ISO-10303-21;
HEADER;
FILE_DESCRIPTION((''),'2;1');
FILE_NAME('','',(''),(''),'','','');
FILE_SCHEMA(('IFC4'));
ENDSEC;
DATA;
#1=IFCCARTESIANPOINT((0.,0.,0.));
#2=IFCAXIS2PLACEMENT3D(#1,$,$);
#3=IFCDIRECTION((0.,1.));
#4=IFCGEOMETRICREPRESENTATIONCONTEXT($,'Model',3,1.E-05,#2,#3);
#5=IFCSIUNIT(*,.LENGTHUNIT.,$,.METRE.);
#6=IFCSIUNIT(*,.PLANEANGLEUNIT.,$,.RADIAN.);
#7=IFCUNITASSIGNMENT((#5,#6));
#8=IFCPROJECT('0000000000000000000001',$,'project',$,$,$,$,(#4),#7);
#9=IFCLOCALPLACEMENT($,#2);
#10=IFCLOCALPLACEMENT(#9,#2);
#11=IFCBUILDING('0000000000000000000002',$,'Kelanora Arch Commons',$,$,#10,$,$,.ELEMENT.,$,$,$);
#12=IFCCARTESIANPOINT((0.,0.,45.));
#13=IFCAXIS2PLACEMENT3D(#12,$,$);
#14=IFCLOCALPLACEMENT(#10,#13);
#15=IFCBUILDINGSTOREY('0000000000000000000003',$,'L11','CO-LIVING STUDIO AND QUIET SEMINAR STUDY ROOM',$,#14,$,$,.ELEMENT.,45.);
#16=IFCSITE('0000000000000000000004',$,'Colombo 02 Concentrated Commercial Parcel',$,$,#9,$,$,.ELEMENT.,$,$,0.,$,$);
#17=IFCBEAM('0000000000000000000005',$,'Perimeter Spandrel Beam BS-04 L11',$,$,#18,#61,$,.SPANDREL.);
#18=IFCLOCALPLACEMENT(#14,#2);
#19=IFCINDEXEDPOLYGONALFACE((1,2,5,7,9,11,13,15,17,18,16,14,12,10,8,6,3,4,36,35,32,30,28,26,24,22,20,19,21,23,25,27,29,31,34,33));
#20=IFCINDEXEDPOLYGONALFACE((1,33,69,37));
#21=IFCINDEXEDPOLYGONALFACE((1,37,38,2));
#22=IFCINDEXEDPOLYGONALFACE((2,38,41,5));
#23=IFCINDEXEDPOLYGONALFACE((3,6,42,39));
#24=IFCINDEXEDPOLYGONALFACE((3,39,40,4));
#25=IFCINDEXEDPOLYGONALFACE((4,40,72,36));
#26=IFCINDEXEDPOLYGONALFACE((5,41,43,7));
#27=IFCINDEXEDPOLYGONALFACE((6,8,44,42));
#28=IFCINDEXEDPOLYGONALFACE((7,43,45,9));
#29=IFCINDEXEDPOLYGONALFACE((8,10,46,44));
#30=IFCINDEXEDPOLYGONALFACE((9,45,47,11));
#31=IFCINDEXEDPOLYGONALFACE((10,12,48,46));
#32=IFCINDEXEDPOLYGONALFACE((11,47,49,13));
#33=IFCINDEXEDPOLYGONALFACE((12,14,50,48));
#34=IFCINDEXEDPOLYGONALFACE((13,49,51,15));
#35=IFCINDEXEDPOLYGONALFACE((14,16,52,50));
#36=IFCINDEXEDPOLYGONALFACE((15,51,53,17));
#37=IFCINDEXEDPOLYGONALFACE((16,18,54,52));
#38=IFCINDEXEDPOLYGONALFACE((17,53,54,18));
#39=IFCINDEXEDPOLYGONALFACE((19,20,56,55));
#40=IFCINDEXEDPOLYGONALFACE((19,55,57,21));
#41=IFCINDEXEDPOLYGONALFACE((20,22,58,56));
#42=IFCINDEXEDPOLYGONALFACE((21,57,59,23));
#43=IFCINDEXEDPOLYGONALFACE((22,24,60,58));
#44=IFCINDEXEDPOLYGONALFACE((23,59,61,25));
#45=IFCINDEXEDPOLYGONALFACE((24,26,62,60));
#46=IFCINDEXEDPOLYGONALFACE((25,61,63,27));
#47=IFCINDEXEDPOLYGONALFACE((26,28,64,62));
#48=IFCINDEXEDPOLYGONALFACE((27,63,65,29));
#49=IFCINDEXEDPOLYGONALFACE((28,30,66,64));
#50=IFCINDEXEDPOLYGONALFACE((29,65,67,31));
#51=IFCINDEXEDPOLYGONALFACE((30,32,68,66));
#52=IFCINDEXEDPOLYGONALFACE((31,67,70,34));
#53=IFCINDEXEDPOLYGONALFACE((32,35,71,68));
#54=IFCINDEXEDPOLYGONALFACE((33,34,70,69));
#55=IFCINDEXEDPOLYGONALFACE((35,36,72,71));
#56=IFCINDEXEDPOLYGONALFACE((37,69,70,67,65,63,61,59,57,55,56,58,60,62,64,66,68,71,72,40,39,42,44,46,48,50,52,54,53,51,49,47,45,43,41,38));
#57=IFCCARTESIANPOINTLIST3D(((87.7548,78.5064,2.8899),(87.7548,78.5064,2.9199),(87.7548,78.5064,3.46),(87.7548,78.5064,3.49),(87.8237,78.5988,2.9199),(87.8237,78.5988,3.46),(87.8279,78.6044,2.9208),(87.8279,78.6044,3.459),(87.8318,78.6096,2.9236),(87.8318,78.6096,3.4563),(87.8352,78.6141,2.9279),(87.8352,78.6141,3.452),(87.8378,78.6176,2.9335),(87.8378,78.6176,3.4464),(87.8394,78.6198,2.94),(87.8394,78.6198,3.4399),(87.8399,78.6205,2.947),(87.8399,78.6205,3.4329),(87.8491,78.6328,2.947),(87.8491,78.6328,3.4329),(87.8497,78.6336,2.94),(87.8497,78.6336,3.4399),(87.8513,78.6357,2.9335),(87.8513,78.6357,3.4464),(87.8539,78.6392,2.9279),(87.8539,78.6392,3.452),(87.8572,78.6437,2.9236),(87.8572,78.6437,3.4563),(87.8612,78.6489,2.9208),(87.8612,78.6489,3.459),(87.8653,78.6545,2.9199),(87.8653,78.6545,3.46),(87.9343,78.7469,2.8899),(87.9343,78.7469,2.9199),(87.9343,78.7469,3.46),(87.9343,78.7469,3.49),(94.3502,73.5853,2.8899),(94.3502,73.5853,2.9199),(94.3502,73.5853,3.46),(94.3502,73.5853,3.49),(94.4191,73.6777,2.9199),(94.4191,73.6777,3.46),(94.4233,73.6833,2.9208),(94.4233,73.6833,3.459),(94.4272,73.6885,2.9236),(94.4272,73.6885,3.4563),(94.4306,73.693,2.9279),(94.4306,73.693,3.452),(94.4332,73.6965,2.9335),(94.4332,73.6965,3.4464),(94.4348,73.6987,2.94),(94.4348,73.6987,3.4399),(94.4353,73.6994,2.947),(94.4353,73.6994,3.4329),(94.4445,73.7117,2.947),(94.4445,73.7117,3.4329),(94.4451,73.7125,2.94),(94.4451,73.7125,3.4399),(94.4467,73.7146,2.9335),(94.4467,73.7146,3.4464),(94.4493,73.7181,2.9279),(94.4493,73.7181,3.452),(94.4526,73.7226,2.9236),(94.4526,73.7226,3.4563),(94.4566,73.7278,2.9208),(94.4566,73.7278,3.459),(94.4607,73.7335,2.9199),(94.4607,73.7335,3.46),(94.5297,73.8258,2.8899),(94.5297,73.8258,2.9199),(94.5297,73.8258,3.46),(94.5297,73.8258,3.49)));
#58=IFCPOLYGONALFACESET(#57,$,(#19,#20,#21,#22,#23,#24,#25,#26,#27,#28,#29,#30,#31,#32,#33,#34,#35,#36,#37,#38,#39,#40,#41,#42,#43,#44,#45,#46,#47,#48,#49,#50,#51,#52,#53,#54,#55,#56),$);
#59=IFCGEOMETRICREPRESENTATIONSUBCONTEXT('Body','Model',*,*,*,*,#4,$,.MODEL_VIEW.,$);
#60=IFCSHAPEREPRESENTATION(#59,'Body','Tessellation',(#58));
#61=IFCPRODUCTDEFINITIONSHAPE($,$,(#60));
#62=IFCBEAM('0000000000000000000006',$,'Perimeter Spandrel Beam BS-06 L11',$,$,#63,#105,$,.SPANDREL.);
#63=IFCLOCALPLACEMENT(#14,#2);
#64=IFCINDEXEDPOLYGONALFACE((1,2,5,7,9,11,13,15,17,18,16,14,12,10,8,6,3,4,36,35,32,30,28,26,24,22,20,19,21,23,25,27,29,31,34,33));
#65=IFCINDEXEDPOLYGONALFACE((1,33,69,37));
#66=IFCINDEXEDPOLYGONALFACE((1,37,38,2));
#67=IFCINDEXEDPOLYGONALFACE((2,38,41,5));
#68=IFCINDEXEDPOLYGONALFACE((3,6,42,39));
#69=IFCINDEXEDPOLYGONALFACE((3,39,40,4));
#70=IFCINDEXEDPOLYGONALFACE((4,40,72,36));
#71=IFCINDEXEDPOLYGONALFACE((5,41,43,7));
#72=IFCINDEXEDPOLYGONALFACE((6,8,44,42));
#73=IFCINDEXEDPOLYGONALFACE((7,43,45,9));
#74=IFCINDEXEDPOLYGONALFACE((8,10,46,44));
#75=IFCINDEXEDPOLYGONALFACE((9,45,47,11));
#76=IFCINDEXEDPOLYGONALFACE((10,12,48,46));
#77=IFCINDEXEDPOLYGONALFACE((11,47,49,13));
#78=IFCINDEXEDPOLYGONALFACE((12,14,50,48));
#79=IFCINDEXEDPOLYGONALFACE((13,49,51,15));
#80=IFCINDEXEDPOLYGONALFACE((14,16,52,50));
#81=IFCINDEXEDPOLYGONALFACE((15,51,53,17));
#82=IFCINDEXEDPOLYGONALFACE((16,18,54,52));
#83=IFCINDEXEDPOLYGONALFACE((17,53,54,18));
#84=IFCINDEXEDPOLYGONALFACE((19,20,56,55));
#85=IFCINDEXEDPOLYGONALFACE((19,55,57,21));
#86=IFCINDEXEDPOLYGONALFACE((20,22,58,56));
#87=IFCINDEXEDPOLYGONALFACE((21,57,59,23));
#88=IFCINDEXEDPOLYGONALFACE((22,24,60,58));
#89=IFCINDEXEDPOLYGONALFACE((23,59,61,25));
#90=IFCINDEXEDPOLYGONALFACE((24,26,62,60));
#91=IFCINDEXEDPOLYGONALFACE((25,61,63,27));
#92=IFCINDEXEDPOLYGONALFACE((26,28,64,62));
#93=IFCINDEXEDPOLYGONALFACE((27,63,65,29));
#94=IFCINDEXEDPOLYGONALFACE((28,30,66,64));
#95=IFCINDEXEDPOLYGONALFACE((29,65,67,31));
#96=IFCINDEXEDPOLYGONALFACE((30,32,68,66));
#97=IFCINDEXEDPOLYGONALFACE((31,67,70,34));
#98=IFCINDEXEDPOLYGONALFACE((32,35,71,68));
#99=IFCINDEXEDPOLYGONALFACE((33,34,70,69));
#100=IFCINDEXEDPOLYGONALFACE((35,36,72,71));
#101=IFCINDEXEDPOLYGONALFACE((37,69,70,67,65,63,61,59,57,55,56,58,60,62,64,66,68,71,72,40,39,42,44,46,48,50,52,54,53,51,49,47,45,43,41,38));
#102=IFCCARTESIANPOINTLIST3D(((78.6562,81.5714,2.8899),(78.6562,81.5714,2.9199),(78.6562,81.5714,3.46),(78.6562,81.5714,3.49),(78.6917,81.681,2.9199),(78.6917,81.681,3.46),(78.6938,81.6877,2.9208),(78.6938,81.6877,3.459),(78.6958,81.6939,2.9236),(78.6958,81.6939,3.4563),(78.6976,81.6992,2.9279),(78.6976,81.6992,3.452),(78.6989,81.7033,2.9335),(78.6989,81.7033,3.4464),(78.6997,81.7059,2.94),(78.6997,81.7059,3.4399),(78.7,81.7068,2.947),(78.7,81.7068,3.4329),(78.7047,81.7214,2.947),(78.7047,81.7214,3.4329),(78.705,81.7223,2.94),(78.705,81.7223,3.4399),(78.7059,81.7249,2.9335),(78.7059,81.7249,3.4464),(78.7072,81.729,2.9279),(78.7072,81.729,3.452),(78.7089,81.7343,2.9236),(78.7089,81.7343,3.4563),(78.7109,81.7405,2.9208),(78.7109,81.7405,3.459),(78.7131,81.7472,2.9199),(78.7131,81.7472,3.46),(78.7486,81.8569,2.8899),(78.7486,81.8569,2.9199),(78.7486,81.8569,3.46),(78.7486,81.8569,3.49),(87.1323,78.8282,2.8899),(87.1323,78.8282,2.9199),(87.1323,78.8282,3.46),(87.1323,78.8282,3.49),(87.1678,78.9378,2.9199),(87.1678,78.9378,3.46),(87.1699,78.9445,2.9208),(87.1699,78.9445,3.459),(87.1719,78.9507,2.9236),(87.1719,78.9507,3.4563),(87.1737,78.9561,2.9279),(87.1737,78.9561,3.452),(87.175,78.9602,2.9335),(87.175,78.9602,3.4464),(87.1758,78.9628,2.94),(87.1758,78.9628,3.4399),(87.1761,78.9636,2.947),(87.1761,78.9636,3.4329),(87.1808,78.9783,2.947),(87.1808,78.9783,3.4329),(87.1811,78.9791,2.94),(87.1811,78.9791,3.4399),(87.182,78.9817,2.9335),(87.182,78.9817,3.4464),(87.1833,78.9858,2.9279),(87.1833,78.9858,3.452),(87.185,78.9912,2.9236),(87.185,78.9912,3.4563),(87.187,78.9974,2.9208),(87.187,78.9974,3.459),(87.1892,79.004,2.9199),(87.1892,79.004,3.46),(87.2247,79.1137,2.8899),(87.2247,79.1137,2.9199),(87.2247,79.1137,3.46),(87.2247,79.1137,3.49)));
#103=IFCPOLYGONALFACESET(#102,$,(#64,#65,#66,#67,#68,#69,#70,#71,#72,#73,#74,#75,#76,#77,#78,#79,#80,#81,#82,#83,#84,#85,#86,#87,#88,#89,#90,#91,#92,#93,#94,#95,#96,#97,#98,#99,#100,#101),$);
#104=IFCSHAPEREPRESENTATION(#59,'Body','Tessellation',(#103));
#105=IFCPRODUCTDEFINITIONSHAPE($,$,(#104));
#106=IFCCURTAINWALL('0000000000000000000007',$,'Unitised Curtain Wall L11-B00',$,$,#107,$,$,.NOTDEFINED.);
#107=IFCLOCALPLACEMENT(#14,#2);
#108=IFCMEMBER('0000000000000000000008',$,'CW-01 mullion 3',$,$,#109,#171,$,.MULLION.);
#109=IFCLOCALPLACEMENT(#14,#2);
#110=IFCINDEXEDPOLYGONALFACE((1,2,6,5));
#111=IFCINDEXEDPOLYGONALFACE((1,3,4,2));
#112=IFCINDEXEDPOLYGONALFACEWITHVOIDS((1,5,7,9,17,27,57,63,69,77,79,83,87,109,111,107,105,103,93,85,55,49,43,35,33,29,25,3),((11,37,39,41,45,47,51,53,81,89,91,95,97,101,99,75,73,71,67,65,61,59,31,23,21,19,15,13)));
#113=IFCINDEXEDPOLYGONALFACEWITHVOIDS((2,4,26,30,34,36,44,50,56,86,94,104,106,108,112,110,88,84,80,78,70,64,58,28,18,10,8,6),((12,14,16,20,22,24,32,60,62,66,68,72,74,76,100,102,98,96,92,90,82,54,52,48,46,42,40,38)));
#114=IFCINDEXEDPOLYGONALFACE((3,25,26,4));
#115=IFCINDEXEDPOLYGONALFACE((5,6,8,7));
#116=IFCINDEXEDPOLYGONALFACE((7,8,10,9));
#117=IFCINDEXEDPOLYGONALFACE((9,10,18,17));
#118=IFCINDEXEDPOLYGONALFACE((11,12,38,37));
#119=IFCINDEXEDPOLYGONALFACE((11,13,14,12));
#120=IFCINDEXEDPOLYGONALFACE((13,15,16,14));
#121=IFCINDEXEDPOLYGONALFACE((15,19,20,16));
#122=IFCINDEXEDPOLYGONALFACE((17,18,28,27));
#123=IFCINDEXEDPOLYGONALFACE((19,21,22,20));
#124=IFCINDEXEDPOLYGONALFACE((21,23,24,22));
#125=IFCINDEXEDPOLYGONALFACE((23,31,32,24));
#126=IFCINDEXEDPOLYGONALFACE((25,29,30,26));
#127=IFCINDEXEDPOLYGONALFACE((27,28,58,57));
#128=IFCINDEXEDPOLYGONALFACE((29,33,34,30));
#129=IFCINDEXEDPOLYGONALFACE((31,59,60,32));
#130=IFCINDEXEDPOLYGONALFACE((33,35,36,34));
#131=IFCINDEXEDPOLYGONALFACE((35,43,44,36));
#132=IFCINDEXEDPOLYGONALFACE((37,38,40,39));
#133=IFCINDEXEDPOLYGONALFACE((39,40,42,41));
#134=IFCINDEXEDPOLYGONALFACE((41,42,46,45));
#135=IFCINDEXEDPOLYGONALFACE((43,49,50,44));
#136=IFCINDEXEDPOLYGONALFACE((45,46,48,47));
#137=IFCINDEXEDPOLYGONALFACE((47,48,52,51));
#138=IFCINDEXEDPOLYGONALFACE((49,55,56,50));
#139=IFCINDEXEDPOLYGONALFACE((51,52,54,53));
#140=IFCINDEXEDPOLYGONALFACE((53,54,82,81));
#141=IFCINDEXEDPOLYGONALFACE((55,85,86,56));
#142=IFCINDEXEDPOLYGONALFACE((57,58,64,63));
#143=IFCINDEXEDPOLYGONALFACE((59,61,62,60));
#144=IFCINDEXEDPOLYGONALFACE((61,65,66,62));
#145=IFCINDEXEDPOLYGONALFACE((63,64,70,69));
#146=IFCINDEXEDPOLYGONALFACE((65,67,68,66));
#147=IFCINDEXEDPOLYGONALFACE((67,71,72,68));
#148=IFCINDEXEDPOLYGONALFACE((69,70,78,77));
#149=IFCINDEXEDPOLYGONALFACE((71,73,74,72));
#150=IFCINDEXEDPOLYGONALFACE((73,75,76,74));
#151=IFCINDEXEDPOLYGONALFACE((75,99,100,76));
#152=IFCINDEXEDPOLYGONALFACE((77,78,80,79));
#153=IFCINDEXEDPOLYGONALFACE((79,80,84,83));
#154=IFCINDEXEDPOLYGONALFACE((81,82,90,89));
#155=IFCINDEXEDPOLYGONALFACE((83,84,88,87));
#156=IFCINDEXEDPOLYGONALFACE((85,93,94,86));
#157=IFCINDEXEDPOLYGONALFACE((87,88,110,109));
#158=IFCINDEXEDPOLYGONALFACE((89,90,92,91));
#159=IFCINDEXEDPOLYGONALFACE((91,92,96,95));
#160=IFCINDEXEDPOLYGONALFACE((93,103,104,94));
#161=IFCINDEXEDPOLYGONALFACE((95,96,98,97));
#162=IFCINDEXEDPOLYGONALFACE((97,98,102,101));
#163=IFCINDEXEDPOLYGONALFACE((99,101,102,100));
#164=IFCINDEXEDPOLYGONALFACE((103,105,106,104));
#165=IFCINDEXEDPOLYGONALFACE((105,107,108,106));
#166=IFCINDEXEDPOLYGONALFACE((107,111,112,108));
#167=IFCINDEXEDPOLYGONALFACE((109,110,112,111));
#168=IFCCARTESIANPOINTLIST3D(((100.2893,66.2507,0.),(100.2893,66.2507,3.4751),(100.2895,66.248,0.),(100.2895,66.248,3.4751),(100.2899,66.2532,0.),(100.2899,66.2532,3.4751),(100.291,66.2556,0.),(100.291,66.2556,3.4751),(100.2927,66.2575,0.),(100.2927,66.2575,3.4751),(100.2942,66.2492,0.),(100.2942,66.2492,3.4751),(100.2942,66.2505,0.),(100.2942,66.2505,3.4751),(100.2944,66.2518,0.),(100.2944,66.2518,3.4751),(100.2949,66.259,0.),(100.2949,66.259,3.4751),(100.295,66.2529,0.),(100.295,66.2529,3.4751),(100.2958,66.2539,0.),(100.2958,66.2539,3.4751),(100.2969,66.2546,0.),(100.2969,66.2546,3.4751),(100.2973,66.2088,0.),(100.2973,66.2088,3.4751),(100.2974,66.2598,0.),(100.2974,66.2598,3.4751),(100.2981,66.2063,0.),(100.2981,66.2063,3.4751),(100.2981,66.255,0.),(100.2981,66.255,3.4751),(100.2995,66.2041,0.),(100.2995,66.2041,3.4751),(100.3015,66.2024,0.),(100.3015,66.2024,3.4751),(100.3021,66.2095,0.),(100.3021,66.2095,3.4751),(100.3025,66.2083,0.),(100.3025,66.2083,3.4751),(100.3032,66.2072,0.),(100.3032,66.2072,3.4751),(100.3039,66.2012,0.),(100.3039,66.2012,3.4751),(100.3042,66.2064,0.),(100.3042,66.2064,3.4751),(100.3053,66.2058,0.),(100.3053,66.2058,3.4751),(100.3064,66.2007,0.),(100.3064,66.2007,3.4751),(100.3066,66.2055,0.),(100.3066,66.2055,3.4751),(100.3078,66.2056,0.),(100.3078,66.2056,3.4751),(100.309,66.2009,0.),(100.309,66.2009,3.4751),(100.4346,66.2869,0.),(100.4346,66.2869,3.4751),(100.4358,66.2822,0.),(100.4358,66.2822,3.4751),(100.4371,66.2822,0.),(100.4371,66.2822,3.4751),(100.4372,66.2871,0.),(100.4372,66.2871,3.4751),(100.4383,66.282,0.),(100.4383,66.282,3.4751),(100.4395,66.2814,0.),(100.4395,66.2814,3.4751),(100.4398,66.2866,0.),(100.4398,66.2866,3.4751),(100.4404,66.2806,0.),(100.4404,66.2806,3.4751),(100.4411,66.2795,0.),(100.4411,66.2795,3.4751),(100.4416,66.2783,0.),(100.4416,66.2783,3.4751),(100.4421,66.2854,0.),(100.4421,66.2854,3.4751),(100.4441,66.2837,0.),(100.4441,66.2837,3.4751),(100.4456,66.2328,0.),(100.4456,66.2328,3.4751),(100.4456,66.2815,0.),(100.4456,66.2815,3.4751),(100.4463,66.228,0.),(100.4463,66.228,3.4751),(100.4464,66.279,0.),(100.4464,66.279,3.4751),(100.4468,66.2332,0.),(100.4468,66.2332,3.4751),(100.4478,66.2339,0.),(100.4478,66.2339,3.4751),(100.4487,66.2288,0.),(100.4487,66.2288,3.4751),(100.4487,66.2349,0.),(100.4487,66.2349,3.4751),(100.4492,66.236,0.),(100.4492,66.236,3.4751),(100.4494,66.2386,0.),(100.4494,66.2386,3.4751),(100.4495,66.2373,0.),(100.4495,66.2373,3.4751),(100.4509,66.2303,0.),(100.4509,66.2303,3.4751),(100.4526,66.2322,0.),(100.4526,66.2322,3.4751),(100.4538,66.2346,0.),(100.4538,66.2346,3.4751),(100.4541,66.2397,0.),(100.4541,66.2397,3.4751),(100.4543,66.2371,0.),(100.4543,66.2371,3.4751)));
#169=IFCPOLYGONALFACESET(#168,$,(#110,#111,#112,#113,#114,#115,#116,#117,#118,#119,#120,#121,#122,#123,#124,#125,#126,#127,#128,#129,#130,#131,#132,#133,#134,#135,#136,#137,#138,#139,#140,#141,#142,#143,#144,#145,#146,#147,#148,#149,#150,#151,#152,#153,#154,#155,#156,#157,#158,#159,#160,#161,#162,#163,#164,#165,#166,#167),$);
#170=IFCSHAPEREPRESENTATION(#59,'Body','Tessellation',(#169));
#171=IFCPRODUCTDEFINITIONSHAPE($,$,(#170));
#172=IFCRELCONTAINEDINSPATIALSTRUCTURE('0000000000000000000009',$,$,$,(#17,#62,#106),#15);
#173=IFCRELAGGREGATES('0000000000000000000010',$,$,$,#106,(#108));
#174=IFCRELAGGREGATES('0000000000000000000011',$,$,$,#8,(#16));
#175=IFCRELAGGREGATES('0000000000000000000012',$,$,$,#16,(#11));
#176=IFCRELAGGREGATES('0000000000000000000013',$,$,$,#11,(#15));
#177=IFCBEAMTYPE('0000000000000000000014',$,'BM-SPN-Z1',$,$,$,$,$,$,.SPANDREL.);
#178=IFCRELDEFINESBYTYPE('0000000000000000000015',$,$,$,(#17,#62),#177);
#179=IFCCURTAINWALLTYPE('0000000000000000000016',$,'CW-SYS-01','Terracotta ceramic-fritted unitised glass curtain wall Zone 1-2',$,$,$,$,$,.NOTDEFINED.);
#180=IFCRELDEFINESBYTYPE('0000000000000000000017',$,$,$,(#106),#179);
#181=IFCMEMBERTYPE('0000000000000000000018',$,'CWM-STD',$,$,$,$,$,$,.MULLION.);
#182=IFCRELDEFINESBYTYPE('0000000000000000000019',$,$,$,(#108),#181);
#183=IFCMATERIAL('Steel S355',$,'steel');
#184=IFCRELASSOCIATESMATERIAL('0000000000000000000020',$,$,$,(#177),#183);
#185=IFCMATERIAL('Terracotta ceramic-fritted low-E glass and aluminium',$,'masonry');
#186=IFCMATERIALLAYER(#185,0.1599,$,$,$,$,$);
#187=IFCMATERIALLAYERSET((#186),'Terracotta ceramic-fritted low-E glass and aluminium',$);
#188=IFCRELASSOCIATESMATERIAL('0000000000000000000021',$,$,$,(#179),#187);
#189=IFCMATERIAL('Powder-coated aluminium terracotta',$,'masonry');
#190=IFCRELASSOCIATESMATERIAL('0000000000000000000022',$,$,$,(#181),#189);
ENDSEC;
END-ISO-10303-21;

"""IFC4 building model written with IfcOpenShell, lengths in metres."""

from ifc_helpers import new_model, si_unit, direction, frame, origin, origin_2d, place, context, subcontext, project, spatial, hollow_rectangle, i_section, extrude, material, layer, layer_set, material_profile, profile_set, type_object, element, aggregate, save


model = new_model("IFC4")

# Units and contexts
model_context = context("Model", 3, precision=1e-05, world=origin(), true_north=direction((0.0, 1.0)))
body_context = subcontext(model_context, "Body", "Model", "MODEL_VIEW")
ifc_project = project(units=[si_unit("LENGTHUNIT", "METRE"), si_unit("PLANEANGLEUNIT", "RADIAN")], contexts=[model_context])

# Site, building, storey
site_placement = place(None, origin())
site = spatial("IfcSite", under=ifc_project, at=site_placement, Name="Colombo 02 Concentrated Commercial Parcel", CompositionType="ELEMENT", RefElevation=0.0)
building_placement = place(site_placement, origin())
building = spatial("IfcBuilding", under=site, at=building_placement, Name="Kelanora Arch Commons", CompositionType="ELEMENT")
storey_placement = place(building_placement, frame((0.0, 0.0, 45.0)))
storey = spatial("IfcBuildingStorey", under=building, at=storey_placement, Name="L11", Description="CO-LIVING STUDIO AND QUIET SEMINAR STUDY ROOM", CompositionType="ELEMENT", Elevation=45.0)

# Beams
ifc_material_1 = material(Name="Steel S355", Category="steel")
ifc_material_profile_1 = material_profile(ifc_material_1, i_section(OverallWidth=0.3, OverallDepth=0.6001, WebThickness=0.0154, FlangeThickness=0.03, FilletRadius=0.0271, at=origin_2d()), Name="HEB600")
ifc_profile_set_1 = profile_set([ifc_material_profile_1], Name="Steel S355")
beam_type_1 = type_object("IfcBeamType", Name="BM-SPN-Z1", PredefinedType="SPANDREL", material=ifc_profile_set_1)
beam_1_placement = place(storey_placement, frame((94.4399, 73.7056, 3.1899), z_axis=(-0.801482, 0.598019, 0.0), x_axis=(-0.598019, -0.801482, 0.0)))
element("IfcBeam", 1, at=beam_1_placement, inside=storey, type_object=beam_type_1, Name="Perimeter Spandrel Beam BS-04 L11", PredefinedType="SPANDREL", context=body_context, shape_type="SweptSolid", body=[
    extrude(i_section(OverallWidth=0.3, OverallDepth=0.6001, WebThickness=0.0154, FlangeThickness=0.03, FilletRadius=0.0271, at=origin_2d()), origin(), (0.0, 0.0, 1.0), 8.229),
])
beam_2_placement = place(storey_placement, frame((87.1785, 78.9709, 3.1899), z_axis=(-0.951415, 0.307912, 0.0), x_axis=(-0.307912, -0.951415, 0.0)))
element("IfcBeam", 2, at=beam_2_placement, inside=storey, type_object=beam_type_1, Name="Perimeter Spandrel Beam BS-06 L11", PredefinedType="SPANDREL", context=body_context, shape_type="SweptSolid", body=[
    extrude(i_section(OverallWidth=0.3, OverallDepth=0.6001, WebThickness=0.0154, FlangeThickness=0.03, FilletRadius=0.0271, at=origin_2d()), origin(), (0.0, 0.0, 1.0), 8.9089),
])

# Curtain wall, member
ifc_material_2 = material(Name="Terracotta ceramic-fritted low-E glass and aluminium", Category="masonry")
ifc_layer_1 = layer(ifc_material_2, 0.1599)
ifc_layer_set_1 = layer_set([ifc_layer_1], Name="Terracotta ceramic-fritted low-E glass and aluminium")
curtain_wall_type = type_object("IfcCurtainWallType", Name="CW-SYS-01", Description="Terracotta ceramic-fritted unitised glass curtain wall Zone 1-2", PredefinedType="NOTDEFINED", material=ifc_layer_set_1)
curtain_wall_1_placement = place(storey_placement, origin())
curtain_wall_1 = element("IfcCurtainWall", 3, at=curtain_wall_1_placement, inside=storey, type_object=curtain_wall_type, Name="Unitised Curtain Wall L11-B00", PredefinedType="NOTDEFINED")
ifc_material_3 = material(Name="Powder-coated aluminium terracotta", Category="masonry")
ifc_material_profile_2 = material_profile(ifc_material_3, hollow_rectangle(XDim=0.1599, YDim=0.0601, WallThickness=0.0049, InnerFilletRadius=0.0049, OuterFilletRadius=0.01, at=origin_2d()), Name="CWM160x60")
ifc_profile_set_2 = profile_set([ifc_material_profile_2], Name="Powder-coated aluminium terracotta")
member_type_1 = type_object("IfcMemberType", Name="CWM-STD", PredefinedType="MULLION", material=ifc_profile_set_2)
member_1_placement = place(storey_placement, frame((100.3718, 66.2439, 0.0), z_axis=(0.0, 0.0, 1.0), x_axis=(-0.981052, -0.193744, 0.0)))
member_1 = element("IfcMember", 4, at=member_1_placement, type_object=member_type_1, Name="CW-01 mullion 3", PredefinedType="MULLION", context=body_context, shape_type="SweptSolid", body=[
    extrude(hollow_rectangle(XDim=0.1599, YDim=0.0601, WallThickness=0.0049, InnerFilletRadius=0.0049, OuterFilletRadius=0.01, at=origin_2d()), origin(), (0.0, 0.0, 1.0), 3.4751),
])
aggregate(curtain_wall_1, [member_1])

save(model, "model.ifc")
